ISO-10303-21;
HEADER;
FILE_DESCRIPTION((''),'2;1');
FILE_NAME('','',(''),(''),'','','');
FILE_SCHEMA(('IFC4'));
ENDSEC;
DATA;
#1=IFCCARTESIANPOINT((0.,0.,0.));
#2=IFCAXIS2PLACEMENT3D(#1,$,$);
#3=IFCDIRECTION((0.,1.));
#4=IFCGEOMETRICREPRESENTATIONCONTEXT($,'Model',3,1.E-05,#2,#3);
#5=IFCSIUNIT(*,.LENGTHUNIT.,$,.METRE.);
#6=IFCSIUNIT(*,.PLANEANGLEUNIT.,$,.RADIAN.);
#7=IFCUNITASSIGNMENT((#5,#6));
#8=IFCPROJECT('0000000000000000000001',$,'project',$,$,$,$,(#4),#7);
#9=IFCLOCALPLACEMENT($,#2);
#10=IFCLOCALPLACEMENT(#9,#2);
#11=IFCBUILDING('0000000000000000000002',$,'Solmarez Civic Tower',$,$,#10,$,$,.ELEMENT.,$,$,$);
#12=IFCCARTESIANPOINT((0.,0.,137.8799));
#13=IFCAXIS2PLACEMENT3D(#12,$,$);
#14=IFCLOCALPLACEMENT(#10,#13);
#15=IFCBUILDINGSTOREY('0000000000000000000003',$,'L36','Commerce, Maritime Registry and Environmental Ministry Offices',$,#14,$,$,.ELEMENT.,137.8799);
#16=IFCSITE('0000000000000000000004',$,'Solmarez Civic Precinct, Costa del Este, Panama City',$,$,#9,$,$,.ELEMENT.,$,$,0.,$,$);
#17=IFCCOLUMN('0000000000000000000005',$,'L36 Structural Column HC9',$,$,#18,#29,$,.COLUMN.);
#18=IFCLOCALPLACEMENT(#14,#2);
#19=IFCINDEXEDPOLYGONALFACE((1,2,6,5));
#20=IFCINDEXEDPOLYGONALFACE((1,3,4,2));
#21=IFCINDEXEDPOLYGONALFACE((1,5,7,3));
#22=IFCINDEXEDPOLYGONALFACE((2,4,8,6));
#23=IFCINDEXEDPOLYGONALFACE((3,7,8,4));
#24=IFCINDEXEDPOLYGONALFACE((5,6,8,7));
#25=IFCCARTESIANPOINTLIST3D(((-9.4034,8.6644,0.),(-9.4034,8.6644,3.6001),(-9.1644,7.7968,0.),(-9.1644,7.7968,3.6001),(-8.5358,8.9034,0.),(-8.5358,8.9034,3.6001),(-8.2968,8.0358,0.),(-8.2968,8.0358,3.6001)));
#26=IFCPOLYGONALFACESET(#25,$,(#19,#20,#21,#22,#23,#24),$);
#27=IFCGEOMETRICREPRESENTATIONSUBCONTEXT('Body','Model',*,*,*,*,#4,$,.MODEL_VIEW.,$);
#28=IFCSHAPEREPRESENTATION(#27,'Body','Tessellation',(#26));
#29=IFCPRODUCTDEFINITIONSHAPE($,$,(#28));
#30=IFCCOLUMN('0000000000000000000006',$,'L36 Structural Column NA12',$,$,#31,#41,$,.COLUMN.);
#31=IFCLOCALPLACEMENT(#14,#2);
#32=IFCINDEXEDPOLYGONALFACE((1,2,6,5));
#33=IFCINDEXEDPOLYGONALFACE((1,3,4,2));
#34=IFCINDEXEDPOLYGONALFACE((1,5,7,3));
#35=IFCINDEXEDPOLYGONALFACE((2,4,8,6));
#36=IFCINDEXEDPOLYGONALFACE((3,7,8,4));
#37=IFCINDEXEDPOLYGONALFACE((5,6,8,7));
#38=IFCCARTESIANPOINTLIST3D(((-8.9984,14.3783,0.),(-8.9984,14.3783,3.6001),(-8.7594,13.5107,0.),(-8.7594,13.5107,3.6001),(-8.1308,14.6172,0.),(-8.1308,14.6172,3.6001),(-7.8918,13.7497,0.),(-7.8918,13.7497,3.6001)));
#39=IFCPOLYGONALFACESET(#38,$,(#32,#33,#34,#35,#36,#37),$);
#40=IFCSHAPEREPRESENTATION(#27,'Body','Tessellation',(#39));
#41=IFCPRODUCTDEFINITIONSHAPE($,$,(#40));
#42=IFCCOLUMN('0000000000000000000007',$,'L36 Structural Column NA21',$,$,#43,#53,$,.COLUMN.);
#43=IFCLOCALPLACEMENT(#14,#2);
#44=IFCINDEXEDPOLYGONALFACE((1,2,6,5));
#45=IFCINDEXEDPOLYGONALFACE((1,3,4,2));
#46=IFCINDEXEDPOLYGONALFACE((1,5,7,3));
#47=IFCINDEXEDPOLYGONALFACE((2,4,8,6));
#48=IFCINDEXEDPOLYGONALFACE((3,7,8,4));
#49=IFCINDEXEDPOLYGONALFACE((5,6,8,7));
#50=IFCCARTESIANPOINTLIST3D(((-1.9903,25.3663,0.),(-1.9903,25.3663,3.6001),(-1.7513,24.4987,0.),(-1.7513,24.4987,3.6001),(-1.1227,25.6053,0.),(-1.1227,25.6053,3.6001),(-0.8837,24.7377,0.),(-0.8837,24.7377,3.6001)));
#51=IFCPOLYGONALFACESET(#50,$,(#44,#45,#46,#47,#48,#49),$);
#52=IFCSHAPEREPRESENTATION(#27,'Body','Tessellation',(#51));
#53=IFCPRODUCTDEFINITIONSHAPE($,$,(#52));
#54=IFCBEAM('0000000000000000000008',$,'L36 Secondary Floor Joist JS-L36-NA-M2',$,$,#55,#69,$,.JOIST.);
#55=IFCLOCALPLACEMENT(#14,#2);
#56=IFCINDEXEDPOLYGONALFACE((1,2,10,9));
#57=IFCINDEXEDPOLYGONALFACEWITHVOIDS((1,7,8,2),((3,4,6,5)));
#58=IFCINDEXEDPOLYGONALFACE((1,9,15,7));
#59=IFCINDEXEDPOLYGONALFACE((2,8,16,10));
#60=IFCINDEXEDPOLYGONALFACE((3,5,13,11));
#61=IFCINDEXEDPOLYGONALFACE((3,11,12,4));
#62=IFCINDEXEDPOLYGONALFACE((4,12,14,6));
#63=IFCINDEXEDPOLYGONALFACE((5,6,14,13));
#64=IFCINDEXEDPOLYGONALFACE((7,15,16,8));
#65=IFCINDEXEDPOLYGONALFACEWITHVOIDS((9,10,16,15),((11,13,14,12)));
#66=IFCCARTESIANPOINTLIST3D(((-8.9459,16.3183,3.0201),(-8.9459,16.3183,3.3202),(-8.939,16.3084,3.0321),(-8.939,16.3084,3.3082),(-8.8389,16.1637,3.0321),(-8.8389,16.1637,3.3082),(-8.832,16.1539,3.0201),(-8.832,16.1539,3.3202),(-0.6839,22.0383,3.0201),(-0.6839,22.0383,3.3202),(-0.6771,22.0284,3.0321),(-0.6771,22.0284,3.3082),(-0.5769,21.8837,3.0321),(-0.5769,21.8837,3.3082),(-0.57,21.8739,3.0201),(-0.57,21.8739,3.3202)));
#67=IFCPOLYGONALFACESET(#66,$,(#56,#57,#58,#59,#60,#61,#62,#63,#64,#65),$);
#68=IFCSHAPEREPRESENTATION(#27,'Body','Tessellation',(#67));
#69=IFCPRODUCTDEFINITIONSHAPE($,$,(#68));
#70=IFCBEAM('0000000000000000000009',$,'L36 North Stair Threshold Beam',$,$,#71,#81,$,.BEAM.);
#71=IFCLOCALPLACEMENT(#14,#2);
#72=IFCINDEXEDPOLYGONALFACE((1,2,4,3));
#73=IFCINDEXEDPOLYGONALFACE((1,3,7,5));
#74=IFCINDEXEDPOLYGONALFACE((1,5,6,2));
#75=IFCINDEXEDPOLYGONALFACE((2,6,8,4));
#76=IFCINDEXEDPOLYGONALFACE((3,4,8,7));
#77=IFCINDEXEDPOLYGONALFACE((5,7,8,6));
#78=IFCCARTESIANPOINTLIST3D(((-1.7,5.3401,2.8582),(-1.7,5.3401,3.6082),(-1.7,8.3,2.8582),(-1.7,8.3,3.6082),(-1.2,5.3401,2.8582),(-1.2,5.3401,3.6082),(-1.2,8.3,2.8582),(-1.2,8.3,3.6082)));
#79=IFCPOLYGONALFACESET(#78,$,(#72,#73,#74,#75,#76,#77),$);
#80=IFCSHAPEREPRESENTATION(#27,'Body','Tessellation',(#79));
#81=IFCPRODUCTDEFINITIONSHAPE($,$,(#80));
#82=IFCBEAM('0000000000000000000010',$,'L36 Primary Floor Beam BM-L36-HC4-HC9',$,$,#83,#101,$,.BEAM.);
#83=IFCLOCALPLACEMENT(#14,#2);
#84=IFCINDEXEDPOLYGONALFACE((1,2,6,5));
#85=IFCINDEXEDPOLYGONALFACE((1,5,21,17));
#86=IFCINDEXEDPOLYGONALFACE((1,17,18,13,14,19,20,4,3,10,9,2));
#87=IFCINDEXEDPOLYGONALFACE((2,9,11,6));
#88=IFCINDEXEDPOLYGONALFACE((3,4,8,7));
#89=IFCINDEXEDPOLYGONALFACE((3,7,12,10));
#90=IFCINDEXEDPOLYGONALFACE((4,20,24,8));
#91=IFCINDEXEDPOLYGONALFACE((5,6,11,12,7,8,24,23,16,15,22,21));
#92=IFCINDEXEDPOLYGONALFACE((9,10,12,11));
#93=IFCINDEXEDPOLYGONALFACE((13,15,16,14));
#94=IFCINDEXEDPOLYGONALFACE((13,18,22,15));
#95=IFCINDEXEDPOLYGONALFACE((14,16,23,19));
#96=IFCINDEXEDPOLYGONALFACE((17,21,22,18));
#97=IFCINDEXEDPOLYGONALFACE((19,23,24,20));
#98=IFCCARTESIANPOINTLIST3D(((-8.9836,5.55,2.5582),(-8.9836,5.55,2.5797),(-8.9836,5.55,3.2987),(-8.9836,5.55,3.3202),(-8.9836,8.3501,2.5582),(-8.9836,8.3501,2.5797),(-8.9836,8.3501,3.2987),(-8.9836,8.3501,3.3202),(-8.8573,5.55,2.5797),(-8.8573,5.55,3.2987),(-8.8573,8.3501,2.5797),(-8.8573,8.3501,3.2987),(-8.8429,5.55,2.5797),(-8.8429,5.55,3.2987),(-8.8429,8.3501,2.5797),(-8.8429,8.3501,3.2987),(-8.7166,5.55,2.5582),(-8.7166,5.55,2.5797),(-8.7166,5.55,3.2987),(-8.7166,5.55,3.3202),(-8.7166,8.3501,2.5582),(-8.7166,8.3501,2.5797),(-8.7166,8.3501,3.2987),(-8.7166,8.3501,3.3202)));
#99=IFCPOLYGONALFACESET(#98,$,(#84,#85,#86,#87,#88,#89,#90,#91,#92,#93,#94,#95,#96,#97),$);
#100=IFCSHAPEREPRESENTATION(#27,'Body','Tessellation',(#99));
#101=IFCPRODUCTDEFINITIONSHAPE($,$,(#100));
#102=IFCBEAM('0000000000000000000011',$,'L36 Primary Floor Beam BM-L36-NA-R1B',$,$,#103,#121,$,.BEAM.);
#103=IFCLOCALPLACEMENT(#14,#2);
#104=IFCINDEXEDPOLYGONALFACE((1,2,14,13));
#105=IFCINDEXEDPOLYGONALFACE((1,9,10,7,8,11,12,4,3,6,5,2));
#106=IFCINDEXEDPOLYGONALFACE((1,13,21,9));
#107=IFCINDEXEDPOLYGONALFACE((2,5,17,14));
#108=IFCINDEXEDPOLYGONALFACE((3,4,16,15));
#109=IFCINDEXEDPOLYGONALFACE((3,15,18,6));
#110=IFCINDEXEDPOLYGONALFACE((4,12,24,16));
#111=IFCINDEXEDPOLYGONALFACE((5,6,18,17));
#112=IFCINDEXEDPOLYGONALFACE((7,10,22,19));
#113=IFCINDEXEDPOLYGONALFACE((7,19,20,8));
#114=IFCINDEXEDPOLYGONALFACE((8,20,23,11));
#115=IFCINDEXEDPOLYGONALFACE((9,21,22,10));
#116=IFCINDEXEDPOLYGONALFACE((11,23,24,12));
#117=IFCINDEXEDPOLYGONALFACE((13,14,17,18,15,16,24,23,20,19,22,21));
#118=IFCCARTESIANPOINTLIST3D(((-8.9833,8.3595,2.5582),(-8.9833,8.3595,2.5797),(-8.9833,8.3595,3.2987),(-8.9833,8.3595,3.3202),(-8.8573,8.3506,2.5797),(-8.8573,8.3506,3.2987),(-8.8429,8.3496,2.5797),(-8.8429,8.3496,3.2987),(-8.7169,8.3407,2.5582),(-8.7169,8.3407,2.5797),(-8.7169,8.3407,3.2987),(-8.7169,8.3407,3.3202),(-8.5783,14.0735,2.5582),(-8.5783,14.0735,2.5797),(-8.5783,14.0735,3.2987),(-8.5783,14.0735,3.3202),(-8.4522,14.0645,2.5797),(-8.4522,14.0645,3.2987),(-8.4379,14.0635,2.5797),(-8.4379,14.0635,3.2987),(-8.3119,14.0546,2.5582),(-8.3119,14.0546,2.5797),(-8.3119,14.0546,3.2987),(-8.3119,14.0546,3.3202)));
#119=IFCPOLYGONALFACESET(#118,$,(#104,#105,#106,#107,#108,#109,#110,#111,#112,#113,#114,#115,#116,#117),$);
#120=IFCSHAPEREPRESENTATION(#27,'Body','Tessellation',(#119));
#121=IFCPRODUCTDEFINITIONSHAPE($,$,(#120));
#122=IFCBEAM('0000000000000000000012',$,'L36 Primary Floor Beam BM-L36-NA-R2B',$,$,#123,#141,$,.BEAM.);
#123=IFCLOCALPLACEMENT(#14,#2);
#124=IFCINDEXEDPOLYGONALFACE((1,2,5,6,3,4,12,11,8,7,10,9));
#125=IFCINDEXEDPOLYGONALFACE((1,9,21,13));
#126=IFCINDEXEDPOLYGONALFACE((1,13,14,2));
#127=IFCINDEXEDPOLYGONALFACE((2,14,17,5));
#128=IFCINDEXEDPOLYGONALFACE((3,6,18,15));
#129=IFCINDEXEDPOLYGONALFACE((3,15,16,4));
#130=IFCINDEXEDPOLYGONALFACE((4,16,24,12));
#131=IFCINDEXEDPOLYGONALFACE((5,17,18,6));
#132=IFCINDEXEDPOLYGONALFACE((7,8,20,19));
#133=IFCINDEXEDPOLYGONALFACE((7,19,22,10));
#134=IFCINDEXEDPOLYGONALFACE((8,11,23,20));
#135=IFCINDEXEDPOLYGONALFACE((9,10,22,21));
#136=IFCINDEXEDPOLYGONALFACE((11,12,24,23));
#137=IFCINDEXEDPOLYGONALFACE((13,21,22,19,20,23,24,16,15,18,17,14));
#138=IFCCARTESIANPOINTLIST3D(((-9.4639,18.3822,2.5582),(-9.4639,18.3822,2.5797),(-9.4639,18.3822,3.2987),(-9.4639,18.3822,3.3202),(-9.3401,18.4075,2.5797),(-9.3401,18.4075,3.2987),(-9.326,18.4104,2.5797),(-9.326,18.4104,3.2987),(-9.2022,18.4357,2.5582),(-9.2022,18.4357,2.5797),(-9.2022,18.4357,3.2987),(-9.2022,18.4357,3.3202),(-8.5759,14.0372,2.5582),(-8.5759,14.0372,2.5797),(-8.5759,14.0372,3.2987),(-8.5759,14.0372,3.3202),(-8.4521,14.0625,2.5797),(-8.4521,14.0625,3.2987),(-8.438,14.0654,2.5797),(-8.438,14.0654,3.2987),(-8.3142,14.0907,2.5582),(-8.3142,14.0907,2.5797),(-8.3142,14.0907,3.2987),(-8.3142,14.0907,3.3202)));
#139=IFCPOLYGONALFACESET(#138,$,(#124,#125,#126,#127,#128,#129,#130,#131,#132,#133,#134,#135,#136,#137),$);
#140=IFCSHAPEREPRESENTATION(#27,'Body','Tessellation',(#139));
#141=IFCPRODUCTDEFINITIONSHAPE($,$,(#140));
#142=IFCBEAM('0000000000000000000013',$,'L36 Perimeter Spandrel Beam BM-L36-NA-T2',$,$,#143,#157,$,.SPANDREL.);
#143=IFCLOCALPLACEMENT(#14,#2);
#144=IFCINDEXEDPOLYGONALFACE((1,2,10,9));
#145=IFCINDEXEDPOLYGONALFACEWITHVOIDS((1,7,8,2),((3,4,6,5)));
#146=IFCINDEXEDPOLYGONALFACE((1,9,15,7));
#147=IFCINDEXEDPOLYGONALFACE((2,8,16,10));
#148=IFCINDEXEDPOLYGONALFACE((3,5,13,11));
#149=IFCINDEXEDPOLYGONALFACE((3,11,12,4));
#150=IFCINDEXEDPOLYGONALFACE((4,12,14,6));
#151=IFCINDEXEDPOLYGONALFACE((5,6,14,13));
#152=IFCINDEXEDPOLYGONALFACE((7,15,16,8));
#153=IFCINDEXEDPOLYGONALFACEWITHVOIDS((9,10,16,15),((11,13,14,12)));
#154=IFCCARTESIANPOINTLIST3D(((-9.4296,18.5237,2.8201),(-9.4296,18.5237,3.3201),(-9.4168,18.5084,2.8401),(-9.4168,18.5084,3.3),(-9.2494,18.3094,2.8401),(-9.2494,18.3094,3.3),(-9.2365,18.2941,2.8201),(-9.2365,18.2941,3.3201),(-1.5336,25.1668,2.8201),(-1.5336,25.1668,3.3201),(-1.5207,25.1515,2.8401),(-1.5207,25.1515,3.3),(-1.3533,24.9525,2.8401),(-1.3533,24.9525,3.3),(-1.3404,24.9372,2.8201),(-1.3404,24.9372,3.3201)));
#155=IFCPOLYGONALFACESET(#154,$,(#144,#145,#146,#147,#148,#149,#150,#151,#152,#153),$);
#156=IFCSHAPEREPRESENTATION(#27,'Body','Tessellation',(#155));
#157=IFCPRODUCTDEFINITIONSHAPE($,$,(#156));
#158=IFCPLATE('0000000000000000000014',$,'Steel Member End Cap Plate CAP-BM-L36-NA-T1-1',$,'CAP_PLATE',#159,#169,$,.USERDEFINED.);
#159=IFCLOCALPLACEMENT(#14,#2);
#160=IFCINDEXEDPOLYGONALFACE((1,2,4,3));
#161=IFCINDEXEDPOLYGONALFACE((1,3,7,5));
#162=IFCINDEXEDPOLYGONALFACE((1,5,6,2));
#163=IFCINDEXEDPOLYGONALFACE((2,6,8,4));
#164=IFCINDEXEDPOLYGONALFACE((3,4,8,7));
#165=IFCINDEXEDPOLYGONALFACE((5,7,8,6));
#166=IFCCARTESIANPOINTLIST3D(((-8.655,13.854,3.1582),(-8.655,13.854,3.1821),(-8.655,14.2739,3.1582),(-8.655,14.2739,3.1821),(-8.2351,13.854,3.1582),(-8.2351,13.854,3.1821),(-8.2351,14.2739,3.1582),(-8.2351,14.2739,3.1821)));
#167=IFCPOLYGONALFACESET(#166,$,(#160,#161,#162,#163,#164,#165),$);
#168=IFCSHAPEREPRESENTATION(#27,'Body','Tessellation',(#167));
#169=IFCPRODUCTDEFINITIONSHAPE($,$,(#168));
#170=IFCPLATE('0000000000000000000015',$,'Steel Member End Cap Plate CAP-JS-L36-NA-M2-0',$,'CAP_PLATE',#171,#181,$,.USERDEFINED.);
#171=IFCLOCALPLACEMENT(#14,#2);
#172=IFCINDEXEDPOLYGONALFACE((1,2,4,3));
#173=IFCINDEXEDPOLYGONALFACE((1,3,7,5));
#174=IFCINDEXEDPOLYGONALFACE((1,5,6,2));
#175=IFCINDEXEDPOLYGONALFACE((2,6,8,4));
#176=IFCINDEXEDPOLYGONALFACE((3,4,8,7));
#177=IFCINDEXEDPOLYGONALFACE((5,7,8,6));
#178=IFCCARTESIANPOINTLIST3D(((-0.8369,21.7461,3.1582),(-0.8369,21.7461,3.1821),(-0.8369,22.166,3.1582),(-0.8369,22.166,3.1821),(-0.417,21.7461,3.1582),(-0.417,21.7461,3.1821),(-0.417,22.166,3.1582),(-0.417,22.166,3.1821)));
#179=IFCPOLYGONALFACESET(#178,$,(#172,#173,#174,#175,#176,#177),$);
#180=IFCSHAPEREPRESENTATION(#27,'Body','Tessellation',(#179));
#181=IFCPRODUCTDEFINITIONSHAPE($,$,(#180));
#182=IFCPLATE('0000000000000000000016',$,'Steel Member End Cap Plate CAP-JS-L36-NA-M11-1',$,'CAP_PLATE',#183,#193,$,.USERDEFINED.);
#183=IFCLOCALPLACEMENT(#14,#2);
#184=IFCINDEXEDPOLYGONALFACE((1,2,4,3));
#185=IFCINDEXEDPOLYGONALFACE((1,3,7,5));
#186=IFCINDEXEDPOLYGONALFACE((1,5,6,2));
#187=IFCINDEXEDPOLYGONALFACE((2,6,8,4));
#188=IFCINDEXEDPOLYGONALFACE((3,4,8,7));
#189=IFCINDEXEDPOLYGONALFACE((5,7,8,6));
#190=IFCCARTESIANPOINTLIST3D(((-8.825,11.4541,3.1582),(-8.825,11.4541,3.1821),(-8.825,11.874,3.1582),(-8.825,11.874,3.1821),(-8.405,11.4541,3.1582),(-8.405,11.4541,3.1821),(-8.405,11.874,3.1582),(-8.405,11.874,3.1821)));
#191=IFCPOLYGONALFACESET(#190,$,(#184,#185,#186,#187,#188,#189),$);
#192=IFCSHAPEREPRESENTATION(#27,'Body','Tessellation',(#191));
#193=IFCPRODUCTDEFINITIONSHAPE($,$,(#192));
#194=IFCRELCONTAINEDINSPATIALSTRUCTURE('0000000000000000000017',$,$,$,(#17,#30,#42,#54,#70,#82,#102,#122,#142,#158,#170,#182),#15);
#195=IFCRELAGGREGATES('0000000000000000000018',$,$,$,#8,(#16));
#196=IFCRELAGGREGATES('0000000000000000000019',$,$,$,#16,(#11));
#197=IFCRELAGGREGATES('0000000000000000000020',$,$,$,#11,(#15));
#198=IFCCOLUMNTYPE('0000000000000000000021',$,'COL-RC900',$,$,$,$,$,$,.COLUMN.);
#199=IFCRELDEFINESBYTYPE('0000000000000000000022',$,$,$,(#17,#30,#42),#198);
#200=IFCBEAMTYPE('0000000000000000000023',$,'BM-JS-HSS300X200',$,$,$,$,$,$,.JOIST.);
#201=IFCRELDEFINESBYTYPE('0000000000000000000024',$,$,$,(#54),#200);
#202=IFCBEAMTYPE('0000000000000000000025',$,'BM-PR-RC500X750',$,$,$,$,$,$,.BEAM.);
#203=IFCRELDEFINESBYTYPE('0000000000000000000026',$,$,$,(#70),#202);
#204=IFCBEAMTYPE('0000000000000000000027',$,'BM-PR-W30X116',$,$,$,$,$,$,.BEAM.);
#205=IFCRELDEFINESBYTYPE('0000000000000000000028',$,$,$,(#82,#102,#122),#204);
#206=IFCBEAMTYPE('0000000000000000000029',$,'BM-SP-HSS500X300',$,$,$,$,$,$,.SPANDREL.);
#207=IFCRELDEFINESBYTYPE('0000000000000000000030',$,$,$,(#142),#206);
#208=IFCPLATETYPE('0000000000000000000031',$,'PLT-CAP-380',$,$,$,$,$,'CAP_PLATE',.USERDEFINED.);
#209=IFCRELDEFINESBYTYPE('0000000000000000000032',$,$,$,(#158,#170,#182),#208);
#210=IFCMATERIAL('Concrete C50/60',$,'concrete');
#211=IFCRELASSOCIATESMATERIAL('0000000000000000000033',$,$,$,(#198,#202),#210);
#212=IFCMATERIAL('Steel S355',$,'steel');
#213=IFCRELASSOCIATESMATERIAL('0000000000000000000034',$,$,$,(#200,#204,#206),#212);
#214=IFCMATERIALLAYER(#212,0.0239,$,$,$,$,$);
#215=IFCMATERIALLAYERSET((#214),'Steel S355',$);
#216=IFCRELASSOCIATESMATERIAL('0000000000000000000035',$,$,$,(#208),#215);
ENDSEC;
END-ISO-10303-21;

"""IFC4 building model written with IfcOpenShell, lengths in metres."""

from ifc_helpers import new_model, si_unit, direction, frame, origin, origin_2d, place, context, subcontext, project, spatial, rectangle, hollow_rectangle, i_section, extrude, material, layer, layer_set, material_profile, profile_set, type_object, element, save


model = new_model("IFC4")

# Units and contexts
model_context = context("Model", 3, precision=1e-05, world=origin(), true_north=direction((0.0, 1.0)))
body_context = subcontext(model_context, "Body", "Model", "MODEL_VIEW")
ifc_project = project(units=[si_unit("LENGTHUNIT", "METRE"), si_unit("PLANEANGLEUNIT", "RADIAN")], contexts=[model_context])

# Site, building, storey
site_placement = place(None, origin())
site = spatial("IfcSite", under=ifc_project, at=site_placement, Name="Solmarez Civic Precinct, Costa del Este, Panama City", CompositionType="ELEMENT", RefElevation=0.0)
building_placement = place(site_placement, origin())
building = spatial("IfcBuilding", under=site, at=building_placement, Name="Solmarez Civic Tower", CompositionType="ELEMENT")
storey_placement = place(building_placement, frame((0.0, 0.0, 137.8799)))
storey = spatial("IfcBuildingStorey", under=building, at=storey_placement, Name="L36", Description="Commerce, Maritime Registry and Environmental Ministry Offices", CompositionType="ELEMENT", Elevation=137.8799)

# Columns
ifc_material_1 = material(Name="Concrete C50/60", Category="concrete")
ifc_material_profile_1 = material_profile(ifc_material_1, rectangle(XDim=0.8999, YDim=0.8999, at=origin_2d()), Name="RC900X900")
ifc_profile_set_1 = profile_set([ifc_material_profile_1], Name="Concrete C50/60")
column_type = type_object("IfcColumnType", Name="COL-RC900", PredefinedType="COLUMN", material=ifc_profile_set_1)
for number, where, z_axis, x_axis, name in (
    (1, (-8.8501, 8.3501, 0.0), (0.0, 0.0, 1.0), (0.964095, 0.265556, 0.0), "L36 Structural Column HC9"),
    (2, (-8.4451, 14.064, 0.0), (0.0, 0.0, 1.0), (0.964095, 0.265556, 0.0), "L36 Structural Column NA12"),
    (3, (-1.437, 25.052, 0.0), (0.0, 0.0, 1.0), (0.964095, 0.265556, 0.0), "L36 Structural Column NA21"),
):
    element("IfcColumn", number, at=place(storey_placement, frame(where, z_axis=z_axis, x_axis=x_axis)), inside=storey, type_object=column_type, Name=name, PredefinedType="COLUMN", context=body_context, shape_type="SweptSolid", body=[
        extrude(rectangle(XDim=0.8999, YDim=0.8999, at=origin_2d()), origin(), (0.0, 0.0, 1.0), 3.6001),
    ])

# Beams
ifc_material_2 = material(Name="Steel S355", Category="steel")
ifc_material_profile_2 = material_profile(ifc_material_2, hollow_rectangle(XDim=0.2, YDim=0.3, WallThickness=0.012, at=origin_2d()), Name="HSS300X200X12")
ifc_profile_set_2 = profile_set([ifc_material_profile_2], Name="Steel S355")
beam_type_1 = type_object("IfcBeamType", Name="BM-JS-HSS300X200", PredefinedType="JOIST", material=ifc_profile_set_2)
beam_1_placement = place(storey_placement, frame((-0.627, 21.9561, 3.1702), z_axis=(-0.822185, -0.56922, 0.0), x_axis=(0.56922, -0.822185, 0.0)))
element("IfcBeam", 4, at=beam_1_placement, inside=storey, type_object=beam_type_1, Name="L36 Secondary Floor Joist JS-L36-NA-M2", PredefinedType="JOIST", context=body_context, shape_type="SweptSolid", body=[
    extrude(hollow_rectangle(XDim=0.2, YDim=0.3, WallThickness=0.012, at=origin_2d()), origin(), (0.0, 0.0, 1.0), 10.0488),
])
ifc_material_profile_3 = material_profile(ifc_material_1, rectangle(XDim=0.5, YDim=0.75, at=origin_2d()), Name="RC500X750")
ifc_profile_set_3 = profile_set([ifc_material_profile_3], Name="Concrete C50/60")
beam_type_2 = type_object("IfcBeamType", Name="BM-PR-RC500X750", PredefinedType="BEAM", material=ifc_profile_set_3)
beam_2_placement = place(storey_placement, frame((-1.45, 5.3401, 3.2332), z_axis=(0.0, 1.0, 0.0), x_axis=(-1.0, 0.0, 0.0)))
element("IfcBeam", 5, at=beam_2_placement, inside=storey, type_object=beam_type_2, Name="L36 North Stair Threshold Beam", PredefinedType="BEAM", context=body_context, shape_type="SweptSolid", body=[
    extrude(rectangle(XDim=0.5, YDim=0.75, at=origin_2d()), origin(), (0.0, 0.0, 1.0), 2.96),
])
ifc_material_profile_4 = material_profile(ifc_material_2, i_section(OverallWidth=0.2671, OverallDepth=0.762, WebThickness=0.0144, FlangeThickness=0.0215, at=origin_2d()), Name="W30X116")
ifc_profile_set_4 = profile_set([ifc_material_profile_4], Name="Steel S355")
beam_type_3 = type_object("IfcBeamType", Name="BM-PR-W30X116", PredefinedType="BEAM", material=ifc_profile_set_4)
beam_3_placement = place(storey_placement, frame((-8.8501, 5.55, 2.9392), z_axis=(0.0, 1.0, 0.0), x_axis=(-1.0, 0.0, 0.0)))
element("IfcBeam", 6, at=beam_3_placement, inside=storey, type_object=beam_type_3, Name="L36 Primary Floor Beam BM-L36-HC4-HC9", PredefinedType="BEAM", context=body_context, shape_type="SweptSolid", body=[
    extrude(i_section(OverallWidth=0.2671, OverallDepth=0.762, WebThickness=0.0144, FlangeThickness=0.0215, at=origin_2d()), origin(), (0.0, 0.0, 1.0), 2.8),
])
beam_4_placement = place(storey_placement, frame((-8.8501, 8.3501, 2.9392), z_axis=(0.070708, 0.997497, 0.0), x_axis=(-0.997497, 0.070708, 0.0)))
element("IfcBeam", 7, at=beam_4_placement, inside=storey, type_object=beam_type_3, Name="L36 Primary Floor Beam BM-L36-NA-R1B", PredefinedType="BEAM", context=body_context, shape_type="SweptSolid", body=[
    extrude(i_section(OverallWidth=0.2671, OverallDepth=0.762, WebThickness=0.0144, FlangeThickness=0.0215, at=origin_2d()), origin(), (0.0, 0.0, 1.0), 5.7283),
])
beam_5_placement = place(storey_placement, frame((-8.4451, 14.064, 2.9392), z_axis=(-0.200222, 0.979751, 0.0), x_axis=(-0.979751, -0.200222, 0.0)))
element("IfcBeam", 8, at=beam_5_placement, inside=storey, type_object=beam_type_3, Name="L36 Primary Floor Beam BM-L36-NA-R2B", PredefinedType="BEAM", context=body_context, shape_type="SweptSolid", body=[
    extrude(i_section(OverallWidth=0.2671, OverallDepth=0.762, WebThickness=0.0144, FlangeThickness=0.0215, at=origin_2d()), origin(), (0.0, 0.0, 1.0), 4.4348),
])
ifc_material_profile_5 = material_profile(ifc_material_2, hollow_rectangle(XDim=0.3, YDim=0.5, WallThickness=0.02, at=origin_2d()), Name="HSS500X300X20")
ifc_profile_set_5 = profile_set([ifc_material_profile_5], Name="Steel S355")
beam_type_4 = type_object("IfcBeamType", Name="BM-SP-HSS500X300", PredefinedType="SPANDREL", material=ifc_profile_set_5)
beam_6_placement = place(storey_placement, frame((-1.437, 25.052, 3.0701), z_axis=(-0.765207, -0.643784, 0.0), x_axis=(0.643784, -0.765207, 0.0)))
element("IfcBeam", 9, at=beam_6_placement, inside=storey, type_object=beam_type_4, Name="L36 Perimeter Spandrel Beam BM-L36-NA-T2", PredefinedType="SPANDREL", context=body_context, shape_type="SweptSolid", body=[
    extrude(hollow_rectangle(XDim=0.3, YDim=0.5, WallThickness=0.02, at=origin_2d()), origin(), (0.0, 0.0, 1.0), 10.3188),
])

# Plates
ifc_layer_1 = layer(ifc_material_2, 0.0239)
ifc_layer_set_1 = layer_set([ifc_layer_1], Name="Steel S355")
plate_type_1 = type_object("IfcPlateType", Name="PLT-CAP-380", ElementType="CAP_PLATE", PredefinedType="USERDEFINED", material=ifc_layer_set_1)
for number, where, z_axis, x_axis, name in (
    (10, (-8.4451, 14.064, 3.1582), (0.0, 0.0, 1.0), (1.0, 0.0, 0.0), "Steel Member End Cap Plate CAP-BM-L36-NA-T1-1"),
    (11, (-0.627, 21.9561, 3.1582), (0.0, 0.0, 1.0), (1.0, 0.0, 0.0), "Steel Member End Cap Plate CAP-JS-L36-NA-M2-0"),
    (12, (-8.615, 11.6641, 3.1582), (0.0, 0.0, 1.0), (1.0, 0.0, 0.0), "Steel Member End Cap Plate CAP-JS-L36-NA-M11-1"),
):
    element("IfcPlate", number, at=place(storey_placement, frame(where, z_axis=z_axis, x_axis=x_axis)), inside=storey, type_object=plate_type_1, Name=name, ObjectType="CAP_PLATE", PredefinedType="USERDEFINED", context=body_context, shape_type="SweptSolid", body=[
        extrude(rectangle(XDim=0.4199, YDim=0.4199, at=origin_2d()), origin(), (0.0, 0.0, 1.0), 0.0239),
    ])

save(model, "model.ifc")
